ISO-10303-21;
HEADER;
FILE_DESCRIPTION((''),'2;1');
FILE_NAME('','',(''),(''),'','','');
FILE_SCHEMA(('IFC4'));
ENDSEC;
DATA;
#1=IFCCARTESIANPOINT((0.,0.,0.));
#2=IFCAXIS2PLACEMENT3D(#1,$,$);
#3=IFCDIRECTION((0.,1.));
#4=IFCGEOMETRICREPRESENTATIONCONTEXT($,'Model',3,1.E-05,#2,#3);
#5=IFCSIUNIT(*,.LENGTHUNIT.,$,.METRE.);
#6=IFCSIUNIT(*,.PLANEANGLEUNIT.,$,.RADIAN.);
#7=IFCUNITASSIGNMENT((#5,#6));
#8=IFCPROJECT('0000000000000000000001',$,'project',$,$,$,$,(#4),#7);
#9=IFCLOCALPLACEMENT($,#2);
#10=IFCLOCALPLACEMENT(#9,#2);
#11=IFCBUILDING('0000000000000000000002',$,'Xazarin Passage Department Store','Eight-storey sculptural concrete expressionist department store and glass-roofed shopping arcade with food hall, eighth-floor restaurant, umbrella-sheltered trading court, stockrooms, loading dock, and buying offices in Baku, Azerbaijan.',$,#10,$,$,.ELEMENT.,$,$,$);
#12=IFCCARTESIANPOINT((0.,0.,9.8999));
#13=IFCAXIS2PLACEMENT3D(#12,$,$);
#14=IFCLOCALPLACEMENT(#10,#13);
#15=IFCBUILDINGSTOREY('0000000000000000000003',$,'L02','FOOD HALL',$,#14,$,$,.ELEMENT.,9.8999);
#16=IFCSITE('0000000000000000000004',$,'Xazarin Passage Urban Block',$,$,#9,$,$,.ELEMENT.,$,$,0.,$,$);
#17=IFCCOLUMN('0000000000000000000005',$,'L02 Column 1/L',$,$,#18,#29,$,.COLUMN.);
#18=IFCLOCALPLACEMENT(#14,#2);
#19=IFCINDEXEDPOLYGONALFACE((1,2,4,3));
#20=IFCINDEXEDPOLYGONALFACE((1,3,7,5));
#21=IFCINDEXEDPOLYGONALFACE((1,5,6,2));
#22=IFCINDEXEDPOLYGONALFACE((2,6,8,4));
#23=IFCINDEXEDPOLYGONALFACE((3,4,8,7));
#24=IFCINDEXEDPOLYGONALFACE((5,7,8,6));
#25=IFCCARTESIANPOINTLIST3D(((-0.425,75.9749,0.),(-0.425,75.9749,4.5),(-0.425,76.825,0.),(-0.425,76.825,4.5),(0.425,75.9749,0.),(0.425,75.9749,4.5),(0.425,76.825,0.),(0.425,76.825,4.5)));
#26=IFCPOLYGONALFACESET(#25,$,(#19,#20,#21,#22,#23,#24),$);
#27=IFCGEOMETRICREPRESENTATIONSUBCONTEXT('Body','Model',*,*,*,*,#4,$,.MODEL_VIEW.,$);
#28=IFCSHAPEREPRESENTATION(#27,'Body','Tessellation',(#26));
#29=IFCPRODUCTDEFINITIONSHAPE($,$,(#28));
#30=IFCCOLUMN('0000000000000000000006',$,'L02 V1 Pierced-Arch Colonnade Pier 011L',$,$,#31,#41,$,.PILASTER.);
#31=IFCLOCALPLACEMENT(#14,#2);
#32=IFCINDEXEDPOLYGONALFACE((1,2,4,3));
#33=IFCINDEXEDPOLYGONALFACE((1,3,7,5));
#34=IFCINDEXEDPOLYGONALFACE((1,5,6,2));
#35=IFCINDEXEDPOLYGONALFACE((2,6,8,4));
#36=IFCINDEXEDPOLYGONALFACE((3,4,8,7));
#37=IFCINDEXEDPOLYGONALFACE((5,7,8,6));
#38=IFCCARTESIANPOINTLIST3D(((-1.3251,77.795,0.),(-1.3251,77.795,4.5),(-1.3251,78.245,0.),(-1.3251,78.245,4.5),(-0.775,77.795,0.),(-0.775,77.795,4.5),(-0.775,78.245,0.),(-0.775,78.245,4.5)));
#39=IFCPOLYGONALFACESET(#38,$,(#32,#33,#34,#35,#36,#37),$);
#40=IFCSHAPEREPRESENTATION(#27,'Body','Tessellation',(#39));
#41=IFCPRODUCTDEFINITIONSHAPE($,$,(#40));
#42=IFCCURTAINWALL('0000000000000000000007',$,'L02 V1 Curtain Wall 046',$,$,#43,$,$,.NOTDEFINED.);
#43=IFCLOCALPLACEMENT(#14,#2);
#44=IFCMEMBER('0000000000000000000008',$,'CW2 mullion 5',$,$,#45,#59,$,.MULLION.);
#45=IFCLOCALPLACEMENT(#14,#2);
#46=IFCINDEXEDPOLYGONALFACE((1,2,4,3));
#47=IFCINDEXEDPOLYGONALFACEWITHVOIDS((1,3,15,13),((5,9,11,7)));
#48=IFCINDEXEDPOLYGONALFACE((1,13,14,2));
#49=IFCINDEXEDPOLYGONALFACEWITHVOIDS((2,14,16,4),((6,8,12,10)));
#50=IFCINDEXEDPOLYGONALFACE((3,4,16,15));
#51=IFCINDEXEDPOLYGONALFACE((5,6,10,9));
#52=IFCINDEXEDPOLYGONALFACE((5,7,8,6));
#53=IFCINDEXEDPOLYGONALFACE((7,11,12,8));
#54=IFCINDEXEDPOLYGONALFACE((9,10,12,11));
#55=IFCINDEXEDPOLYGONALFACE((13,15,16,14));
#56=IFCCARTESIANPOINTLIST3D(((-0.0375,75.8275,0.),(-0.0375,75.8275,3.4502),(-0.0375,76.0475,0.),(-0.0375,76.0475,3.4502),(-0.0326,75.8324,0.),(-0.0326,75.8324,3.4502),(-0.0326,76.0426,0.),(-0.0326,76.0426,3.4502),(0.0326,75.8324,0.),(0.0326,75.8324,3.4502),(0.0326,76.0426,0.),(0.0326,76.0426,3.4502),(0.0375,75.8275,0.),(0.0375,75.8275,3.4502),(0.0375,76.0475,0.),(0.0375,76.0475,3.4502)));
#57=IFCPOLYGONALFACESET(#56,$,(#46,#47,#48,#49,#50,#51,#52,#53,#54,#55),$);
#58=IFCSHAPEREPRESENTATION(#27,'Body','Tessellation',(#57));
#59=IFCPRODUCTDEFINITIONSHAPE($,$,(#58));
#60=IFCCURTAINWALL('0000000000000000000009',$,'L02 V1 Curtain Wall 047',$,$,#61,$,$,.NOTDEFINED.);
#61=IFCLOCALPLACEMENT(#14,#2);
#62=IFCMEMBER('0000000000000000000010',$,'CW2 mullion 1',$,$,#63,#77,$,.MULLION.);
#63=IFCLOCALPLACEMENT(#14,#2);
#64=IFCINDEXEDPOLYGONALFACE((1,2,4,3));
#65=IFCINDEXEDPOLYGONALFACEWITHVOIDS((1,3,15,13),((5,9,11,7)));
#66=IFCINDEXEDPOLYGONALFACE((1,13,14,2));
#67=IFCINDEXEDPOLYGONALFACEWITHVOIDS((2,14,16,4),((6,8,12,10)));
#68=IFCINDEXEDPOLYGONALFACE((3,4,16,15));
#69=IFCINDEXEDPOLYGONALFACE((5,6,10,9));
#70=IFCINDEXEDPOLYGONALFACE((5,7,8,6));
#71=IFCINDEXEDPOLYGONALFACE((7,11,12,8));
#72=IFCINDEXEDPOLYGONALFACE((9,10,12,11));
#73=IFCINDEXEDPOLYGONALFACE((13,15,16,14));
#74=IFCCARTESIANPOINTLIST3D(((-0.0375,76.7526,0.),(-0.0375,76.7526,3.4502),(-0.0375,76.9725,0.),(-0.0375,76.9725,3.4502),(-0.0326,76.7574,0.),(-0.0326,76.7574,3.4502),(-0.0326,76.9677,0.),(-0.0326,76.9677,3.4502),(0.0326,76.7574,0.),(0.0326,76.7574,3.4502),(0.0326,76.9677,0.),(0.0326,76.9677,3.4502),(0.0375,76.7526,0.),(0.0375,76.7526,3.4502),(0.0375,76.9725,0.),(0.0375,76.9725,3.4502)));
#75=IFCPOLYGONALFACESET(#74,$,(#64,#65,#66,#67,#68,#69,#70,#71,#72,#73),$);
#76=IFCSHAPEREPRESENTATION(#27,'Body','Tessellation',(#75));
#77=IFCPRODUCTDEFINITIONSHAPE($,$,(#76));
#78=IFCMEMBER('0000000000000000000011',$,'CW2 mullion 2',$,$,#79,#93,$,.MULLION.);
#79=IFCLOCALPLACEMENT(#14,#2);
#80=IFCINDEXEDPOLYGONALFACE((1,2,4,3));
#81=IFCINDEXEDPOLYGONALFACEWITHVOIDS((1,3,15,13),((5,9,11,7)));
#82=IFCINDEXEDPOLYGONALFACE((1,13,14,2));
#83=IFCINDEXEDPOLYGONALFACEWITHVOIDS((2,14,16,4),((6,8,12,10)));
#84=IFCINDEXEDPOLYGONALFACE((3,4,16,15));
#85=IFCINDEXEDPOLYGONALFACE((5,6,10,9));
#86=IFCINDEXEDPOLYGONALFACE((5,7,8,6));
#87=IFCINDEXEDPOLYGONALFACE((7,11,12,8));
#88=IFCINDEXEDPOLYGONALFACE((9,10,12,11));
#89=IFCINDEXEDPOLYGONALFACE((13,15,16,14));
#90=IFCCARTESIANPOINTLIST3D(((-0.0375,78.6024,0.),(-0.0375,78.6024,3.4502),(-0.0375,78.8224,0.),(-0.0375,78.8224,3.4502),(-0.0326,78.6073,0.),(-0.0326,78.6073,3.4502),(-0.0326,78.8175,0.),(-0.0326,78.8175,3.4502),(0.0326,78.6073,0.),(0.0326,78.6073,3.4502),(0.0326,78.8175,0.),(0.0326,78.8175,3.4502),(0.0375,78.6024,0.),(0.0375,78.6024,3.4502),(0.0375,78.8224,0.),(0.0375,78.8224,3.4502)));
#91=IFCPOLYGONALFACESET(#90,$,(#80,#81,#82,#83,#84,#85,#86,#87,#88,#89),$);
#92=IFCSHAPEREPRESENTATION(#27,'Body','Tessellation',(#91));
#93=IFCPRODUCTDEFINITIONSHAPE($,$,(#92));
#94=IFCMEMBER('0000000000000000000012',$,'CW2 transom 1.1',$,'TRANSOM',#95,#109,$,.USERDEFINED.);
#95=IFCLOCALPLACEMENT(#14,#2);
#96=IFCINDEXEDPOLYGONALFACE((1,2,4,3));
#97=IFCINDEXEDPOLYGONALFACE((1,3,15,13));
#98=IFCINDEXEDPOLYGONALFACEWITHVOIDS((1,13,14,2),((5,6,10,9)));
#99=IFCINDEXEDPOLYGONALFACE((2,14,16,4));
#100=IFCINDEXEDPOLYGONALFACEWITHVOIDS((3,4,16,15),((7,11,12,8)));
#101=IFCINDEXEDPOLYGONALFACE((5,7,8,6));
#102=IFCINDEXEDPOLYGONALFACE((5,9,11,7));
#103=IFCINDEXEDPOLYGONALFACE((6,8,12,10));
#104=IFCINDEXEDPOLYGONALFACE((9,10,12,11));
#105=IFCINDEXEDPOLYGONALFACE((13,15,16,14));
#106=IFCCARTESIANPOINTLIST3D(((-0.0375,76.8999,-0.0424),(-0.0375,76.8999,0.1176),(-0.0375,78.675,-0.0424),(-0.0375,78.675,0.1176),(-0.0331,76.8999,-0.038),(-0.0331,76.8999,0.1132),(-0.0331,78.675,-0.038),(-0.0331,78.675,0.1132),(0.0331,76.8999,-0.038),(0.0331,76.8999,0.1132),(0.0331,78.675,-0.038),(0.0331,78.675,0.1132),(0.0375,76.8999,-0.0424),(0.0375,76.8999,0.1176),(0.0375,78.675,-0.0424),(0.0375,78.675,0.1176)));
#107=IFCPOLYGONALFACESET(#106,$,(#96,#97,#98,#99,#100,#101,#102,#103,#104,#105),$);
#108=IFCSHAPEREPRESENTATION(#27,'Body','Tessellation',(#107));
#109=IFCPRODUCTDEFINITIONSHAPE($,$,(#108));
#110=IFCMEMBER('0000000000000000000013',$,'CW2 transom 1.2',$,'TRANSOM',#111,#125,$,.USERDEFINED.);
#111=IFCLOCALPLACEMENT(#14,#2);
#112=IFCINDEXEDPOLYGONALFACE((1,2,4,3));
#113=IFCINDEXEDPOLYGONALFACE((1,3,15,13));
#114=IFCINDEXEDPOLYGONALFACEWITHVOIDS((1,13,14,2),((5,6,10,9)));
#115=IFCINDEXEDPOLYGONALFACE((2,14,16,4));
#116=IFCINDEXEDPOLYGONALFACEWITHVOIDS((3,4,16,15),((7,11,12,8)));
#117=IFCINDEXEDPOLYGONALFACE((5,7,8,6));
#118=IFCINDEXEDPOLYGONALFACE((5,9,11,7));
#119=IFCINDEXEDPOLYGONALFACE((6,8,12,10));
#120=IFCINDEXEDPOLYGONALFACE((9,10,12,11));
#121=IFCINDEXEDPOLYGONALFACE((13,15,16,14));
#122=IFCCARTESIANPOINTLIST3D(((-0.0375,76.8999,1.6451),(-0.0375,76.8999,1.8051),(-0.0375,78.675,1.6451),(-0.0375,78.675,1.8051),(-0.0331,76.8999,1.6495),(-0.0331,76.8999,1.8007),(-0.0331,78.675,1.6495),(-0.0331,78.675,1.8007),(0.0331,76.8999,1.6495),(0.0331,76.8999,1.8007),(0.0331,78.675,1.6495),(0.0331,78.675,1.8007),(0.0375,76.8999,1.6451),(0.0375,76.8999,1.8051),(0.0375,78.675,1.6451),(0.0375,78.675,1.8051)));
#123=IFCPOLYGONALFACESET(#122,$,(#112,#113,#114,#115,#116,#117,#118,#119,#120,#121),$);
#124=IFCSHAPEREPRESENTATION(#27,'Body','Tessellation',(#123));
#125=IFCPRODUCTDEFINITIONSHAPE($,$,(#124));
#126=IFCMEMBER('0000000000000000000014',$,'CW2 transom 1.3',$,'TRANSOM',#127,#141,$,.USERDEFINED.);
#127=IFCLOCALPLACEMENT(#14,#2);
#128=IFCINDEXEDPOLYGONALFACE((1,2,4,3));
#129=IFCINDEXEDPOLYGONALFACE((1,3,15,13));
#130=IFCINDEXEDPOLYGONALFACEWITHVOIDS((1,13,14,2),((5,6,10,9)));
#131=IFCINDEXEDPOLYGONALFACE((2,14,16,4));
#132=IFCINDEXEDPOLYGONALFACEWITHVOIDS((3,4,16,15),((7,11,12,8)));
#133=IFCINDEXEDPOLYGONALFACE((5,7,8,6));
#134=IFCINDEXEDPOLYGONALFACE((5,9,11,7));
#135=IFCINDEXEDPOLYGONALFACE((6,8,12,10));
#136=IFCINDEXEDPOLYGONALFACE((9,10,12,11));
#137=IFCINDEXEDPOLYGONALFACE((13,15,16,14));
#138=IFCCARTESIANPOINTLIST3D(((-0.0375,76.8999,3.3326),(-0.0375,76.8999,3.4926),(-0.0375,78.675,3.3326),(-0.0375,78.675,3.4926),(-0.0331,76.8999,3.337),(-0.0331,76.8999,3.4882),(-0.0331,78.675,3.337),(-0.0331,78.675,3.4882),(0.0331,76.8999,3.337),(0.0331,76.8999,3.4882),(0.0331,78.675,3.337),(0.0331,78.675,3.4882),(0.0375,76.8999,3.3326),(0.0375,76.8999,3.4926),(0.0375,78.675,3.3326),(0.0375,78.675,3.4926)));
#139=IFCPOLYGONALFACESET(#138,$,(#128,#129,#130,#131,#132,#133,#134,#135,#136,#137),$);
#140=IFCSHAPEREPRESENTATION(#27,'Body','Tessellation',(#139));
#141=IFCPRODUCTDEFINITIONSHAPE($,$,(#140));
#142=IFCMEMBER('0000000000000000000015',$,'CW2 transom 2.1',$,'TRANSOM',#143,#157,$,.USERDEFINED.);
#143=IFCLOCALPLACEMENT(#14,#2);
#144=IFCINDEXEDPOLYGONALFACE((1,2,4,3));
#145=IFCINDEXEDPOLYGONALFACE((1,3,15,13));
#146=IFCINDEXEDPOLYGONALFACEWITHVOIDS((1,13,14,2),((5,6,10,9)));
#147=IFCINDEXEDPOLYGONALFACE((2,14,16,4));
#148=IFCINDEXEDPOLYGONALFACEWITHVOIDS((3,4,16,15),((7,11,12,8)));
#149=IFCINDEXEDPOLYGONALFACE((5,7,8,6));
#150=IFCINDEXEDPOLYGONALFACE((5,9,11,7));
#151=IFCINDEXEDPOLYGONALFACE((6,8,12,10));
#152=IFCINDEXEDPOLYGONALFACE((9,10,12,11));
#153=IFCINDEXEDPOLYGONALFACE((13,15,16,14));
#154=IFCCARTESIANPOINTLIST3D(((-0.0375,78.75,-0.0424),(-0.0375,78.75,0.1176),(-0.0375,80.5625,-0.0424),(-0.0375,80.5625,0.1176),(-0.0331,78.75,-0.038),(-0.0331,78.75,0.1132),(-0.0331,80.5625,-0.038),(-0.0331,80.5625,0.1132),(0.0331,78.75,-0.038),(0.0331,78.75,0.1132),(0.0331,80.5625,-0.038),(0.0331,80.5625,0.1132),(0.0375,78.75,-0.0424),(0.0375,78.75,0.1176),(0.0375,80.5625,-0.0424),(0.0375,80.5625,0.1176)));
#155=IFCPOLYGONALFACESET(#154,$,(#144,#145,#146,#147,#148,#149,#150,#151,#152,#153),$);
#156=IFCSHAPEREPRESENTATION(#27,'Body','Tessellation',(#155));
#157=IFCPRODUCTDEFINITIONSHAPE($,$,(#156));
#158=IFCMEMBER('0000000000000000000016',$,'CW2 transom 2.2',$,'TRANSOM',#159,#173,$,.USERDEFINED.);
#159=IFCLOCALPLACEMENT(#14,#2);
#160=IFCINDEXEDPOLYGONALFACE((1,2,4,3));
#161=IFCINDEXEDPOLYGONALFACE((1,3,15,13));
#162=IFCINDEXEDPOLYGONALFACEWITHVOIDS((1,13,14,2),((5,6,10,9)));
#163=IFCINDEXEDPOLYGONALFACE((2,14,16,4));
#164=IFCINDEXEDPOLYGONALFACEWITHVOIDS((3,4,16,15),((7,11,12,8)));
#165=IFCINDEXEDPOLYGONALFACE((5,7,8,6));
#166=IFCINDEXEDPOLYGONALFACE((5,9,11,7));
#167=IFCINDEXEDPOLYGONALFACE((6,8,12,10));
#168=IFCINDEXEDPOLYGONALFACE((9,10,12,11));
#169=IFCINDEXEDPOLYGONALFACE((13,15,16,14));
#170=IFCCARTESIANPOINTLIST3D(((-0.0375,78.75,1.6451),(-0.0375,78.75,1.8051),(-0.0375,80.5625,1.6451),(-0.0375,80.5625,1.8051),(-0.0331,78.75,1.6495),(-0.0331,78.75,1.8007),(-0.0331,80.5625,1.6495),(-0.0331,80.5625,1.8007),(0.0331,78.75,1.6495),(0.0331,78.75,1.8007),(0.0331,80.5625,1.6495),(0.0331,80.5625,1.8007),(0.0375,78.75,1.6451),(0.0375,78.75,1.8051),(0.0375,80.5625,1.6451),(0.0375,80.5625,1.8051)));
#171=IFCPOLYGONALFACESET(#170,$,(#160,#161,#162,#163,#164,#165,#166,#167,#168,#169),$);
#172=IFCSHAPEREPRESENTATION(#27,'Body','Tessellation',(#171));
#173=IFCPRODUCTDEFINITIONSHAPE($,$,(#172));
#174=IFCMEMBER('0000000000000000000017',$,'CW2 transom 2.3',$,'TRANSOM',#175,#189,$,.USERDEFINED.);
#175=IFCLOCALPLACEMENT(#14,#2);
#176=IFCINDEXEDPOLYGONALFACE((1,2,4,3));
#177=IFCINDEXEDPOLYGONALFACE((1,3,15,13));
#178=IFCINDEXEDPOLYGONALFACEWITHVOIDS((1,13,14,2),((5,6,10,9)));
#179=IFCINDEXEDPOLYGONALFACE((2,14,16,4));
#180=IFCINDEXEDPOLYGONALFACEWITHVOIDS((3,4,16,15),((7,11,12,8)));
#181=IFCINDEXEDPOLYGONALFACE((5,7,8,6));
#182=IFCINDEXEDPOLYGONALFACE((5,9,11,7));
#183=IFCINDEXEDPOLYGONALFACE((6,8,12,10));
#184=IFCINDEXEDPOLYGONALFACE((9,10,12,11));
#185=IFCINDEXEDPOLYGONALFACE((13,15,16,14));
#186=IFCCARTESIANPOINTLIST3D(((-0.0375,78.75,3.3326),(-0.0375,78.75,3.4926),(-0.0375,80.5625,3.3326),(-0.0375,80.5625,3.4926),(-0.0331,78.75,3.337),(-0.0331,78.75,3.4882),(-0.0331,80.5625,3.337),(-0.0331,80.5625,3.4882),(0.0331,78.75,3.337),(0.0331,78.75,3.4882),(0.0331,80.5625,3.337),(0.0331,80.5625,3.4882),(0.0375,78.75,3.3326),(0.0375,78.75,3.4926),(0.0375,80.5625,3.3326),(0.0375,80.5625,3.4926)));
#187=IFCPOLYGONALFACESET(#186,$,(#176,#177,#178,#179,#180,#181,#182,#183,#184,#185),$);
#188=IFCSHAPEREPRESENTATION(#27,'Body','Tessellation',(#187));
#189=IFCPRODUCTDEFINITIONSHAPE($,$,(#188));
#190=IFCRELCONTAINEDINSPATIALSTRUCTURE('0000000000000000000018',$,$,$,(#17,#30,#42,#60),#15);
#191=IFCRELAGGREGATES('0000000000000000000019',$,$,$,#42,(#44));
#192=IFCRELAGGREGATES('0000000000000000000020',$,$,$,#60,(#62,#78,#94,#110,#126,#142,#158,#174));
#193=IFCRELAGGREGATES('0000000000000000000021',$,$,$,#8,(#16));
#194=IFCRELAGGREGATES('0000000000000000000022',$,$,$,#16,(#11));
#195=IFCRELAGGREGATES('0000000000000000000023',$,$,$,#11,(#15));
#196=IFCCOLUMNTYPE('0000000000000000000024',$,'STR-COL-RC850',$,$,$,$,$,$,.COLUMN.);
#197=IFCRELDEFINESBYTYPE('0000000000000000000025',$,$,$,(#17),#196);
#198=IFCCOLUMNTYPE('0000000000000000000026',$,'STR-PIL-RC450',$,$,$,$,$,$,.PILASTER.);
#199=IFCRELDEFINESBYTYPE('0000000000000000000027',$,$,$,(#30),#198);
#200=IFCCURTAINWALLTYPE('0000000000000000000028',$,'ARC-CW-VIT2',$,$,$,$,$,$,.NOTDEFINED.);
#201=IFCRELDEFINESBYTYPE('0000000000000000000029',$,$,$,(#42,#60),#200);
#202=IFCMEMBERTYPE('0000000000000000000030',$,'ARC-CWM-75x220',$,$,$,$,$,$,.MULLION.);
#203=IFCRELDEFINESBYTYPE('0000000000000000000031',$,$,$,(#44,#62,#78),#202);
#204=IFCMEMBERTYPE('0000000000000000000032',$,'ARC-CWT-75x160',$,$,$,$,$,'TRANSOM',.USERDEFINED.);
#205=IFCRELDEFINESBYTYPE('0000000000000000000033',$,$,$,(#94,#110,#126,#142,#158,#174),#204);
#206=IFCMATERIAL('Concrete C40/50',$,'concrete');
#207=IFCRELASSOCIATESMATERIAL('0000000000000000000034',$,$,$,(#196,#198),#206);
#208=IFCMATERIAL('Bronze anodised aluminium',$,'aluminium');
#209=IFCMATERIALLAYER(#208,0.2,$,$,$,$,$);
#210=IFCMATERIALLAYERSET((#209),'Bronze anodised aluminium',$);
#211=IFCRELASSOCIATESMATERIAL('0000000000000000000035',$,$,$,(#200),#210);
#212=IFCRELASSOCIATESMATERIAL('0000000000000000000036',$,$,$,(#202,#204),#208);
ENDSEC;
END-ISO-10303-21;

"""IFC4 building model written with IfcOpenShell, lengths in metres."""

from ifc_helpers import new_model, si_unit, direction, frame, origin, origin_2d, place, context, subcontext, project, spatial, rectangle, hollow_rectangle, extrude, material, layer, layer_set, material_profile, profile_set, type_object, element, aggregate, save


model = new_model("IFC4")

# Units and contexts
model_context = context("Model", 3, precision=1e-05, world=origin(), true_north=direction((0.0, 1.0)))
body_context = subcontext(model_context, "Body", "Model", "MODEL_VIEW")
ifc_project = project(units=[si_unit("LENGTHUNIT", "METRE"), si_unit("PLANEANGLEUNIT", "RADIAN")], contexts=[model_context])

# Site, building, storey
site_placement = place(None, origin())
site = spatial("IfcSite", under=ifc_project, at=site_placement, Name="Xazarin Passage Urban Block", CompositionType="ELEMENT", RefElevation=0.0)
building_placement = place(site_placement, origin())
building = spatial("IfcBuilding", under=site, at=building_placement, Name="Xazarin Passage Department Store", Description="Eight-storey sculptural concrete expressionist department store and glass-roofed shopping arcade with food hall, eighth-floor restaurant, umbrella-sheltered trading court, stockrooms, loading dock, and buying offices in Baku, Azerbaijan.", CompositionType="ELEMENT")
storey_placement = place(building_placement, frame((0.0, 0.0, 9.8999)))
storey = spatial("IfcBuildingStorey", under=building, at=storey_placement, Name="L02", Description="FOOD HALL", CompositionType="ELEMENT", Elevation=9.8999)

# Columns
ifc_material_1 = material(Name="Concrete C40/50", Category="concrete")
ifc_material_profile_1 = material_profile(ifc_material_1, rectangle(XDim=0.8501, YDim=0.8501, at=origin_2d()), Name="RC 850x850")
ifc_profile_set_1 = profile_set([ifc_material_profile_1], Name="Concrete C40/50")
column_type_1 = type_object("IfcColumnType", Name="STR-COL-RC850", PredefinedType="COLUMN", material=ifc_profile_set_1)
column_1_placement = place(storey_placement, frame((0.0, 76.3999, 0.0), z_axis=(0.0, 0.0, 1.0), x_axis=(1.0, 0.0, 0.0)))
element("IfcColumn", 1, at=column_1_placement, inside=storey, type_object=column_type_1, Name="L02 Column 1/L", PredefinedType="COLUMN", context=body_context, shape_type="SweptSolid", body=[
    extrude(rectangle(XDim=0.8501, YDim=0.8501, at=origin_2d()), origin(), (0.0, 0.0, 1.0), 4.5),
])
ifc_material_profile_2 = material_profile(ifc_material_1, rectangle(XDim=0.45, YDim=0.55, at=origin_2d()), Name="RC 450x550")
ifc_profile_set_2 = profile_set([ifc_material_profile_2], Name="Concrete C40/50")
column_type_2 = type_object("IfcColumnType", Name="STR-PIL-RC450", PredefinedType="PILASTER", material=ifc_profile_set_2)
column_2_placement = place(storey_placement, frame((-1.05, 78.02, 0.0), z_axis=(0.0, 0.0, 1.0), x_axis=(0.0, 1.0, 0.0)))
element("IfcColumn", 2, at=column_2_placement, inside=storey, type_object=column_type_2, Name="L02 V1 Pierced-Arch Colonnade Pier 011L", PredefinedType="PILASTER", context=body_context, shape_type="SweptSolid", body=[
    extrude(rectangle(XDim=0.45, YDim=0.55, at=origin_2d()), origin(), (0.0, 0.0, 1.0), 4.5),
])

# Curtain wall, member
ifc_material_2 = material(Name="Bronze anodised aluminium", Category="aluminium")
ifc_layer_1 = layer(ifc_material_2, 0.2)
ifc_layer_set_1 = layer_set([ifc_layer_1], Name="Bronze anodised aluminium")
curtain_wall_type = type_object("IfcCurtainWallType", Name="ARC-CW-VIT2", PredefinedType="NOTDEFINED", material=ifc_layer_set_1)
curtain_wall_1_placement = place(storey_placement, origin())
curtain_wall_1 = element("IfcCurtainWall", 3, at=curtain_wall_1_placement, inside=storey, type_object=curtain_wall_type, Name="L02 V1 Curtain Wall 046", PredefinedType="NOTDEFINED")
ifc_material_profile_3 = material_profile(ifc_material_2, hollow_rectangle(XDim=0.075, YDim=0.22, WallThickness=0.0049, at=origin_2d()), Name="ALU 75x220")
ifc_profile_set_3 = profile_set([ifc_material_profile_3], Name="Bronze anodised aluminium")
member_type_1 = type_object("IfcMemberType", Name="ARC-CWM-75x220", PredefinedType="MULLION", material=ifc_profile_set_3)
member_1_placement = place(storey_placement, frame((0.0, 75.9375, 0.0), z_axis=(0.0, 0.0, 1.0), x_axis=(-1.0, 0.0, 0.0)))
member_1 = element("IfcMember", 4, at=member_1_placement, type_object=member_type_1, Name="CW2 mullion 5", PredefinedType="MULLION", context=body_context, shape_type="SweptSolid", body=[
    extrude(hollow_rectangle(XDim=0.075, YDim=0.22, WallThickness=0.0049, at=origin_2d()), origin(), (0.0, 0.0, 1.0), 3.4502),
])
aggregate(curtain_wall_1, [member_1])

# Curtain wall, members
curtain_wall_2_placement = place(storey_placement, origin())
curtain_wall_2 = element("IfcCurtainWall", 5, at=curtain_wall_2_placement, inside=storey, type_object=curtain_wall_type, Name="L02 V1 Curtain Wall 047", PredefinedType="NOTDEFINED")
member_2_placement = place(storey_placement, frame((0.0, 76.8625, 0.0), z_axis=(0.0, 0.0, 1.0), x_axis=(-1.0, 0.0, 0.0)))
member_2 = element("IfcMember", 6, at=member_2_placement, type_object=member_type_1, Name="CW2 mullion 1", PredefinedType="MULLION", context=body_context, shape_type="SweptSolid", body=[
    extrude(hollow_rectangle(XDim=0.075, YDim=0.22, WallThickness=0.0049, at=origin_2d()), origin(), (0.0, 0.0, 1.0), 3.4502),
])
member_3_placement = place(storey_placement, frame((0.0, 78.7124, 0.0), z_axis=(0.0, 0.0, 1.0), x_axis=(-1.0, 0.0, 0.0)))
member_3 = element("IfcMember", 7, at=member_3_placement, type_object=member_type_1, Name="CW2 mullion 2", PredefinedType="MULLION", context=body_context, shape_type="SweptSolid", body=[
    extrude(hollow_rectangle(XDim=0.075, YDim=0.22, WallThickness=0.0049, at=origin_2d()), origin(), (0.0, 0.0, 1.0), 3.4502),
])
ifc_material_profile_4 = material_profile(ifc_material_2, hollow_rectangle(XDim=0.075, YDim=0.1599, WallThickness=0.0044, at=origin_2d()), Name="ALU 75x160")
ifc_profile_set_4 = profile_set([ifc_material_profile_4], Name="Bronze anodised aluminium")
member_type_2 = type_object("IfcMemberType", Name="ARC-CWT-75x160", ElementType="TRANSOM", PredefinedType="USERDEFINED", material=ifc_profile_set_4)
member_4_placement = place(storey_placement, frame((0.0, 76.8999, 0.0376), z_axis=(0.0, 1.0, 0.0), x_axis=(-1.0, 0.0, 0.0)))
member_4 = element("IfcMember", 8, at=member_4_placement, type_object=member_type_2, Name="CW2 transom 1.1", ObjectType="TRANSOM", PredefinedType="USERDEFINED", context=body_context, shape_type="SweptSolid", body=[
    extrude(hollow_rectangle(XDim=0.075, YDim=0.1599, WallThickness=0.0044, at=origin_2d()), origin(), (0.0, 0.0, 1.0), 1.7751),
])
member_5_placement = place(storey_placement, frame((0.0, 76.8999, 1.7251), z_axis=(0.0, 1.0, 0.0), x_axis=(-1.0, 0.0, 0.0)))
member_5 = element("IfcMember", 9, at=member_5_placement, type_object=member_type_2, Name="CW2 transom 1.2", ObjectType="TRANSOM", PredefinedType="USERDEFINED", context=body_context, shape_type="SweptSolid", body=[
    extrude(hollow_rectangle(XDim=0.075, YDim=0.1599, WallThickness=0.0044, at=origin_2d()), origin(), (0.0, 0.0, 1.0), 1.7751),
])
member_6_placement = place(storey_placement, frame((0.0, 76.8999, 3.4126), z_axis=(0.0, 1.0, 0.0), x_axis=(-1.0, 0.0, 0.0)))
member_6 = element("IfcMember", 10, at=member_6_placement, type_object=member_type_2, Name="CW2 transom 1.3", ObjectType="TRANSOM", PredefinedType="USERDEFINED", context=body_context, shape_type="SweptSolid", body=[
    extrude(hollow_rectangle(XDim=0.075, YDim=0.1599, WallThickness=0.0044, at=origin_2d()), origin(), (0.0, 0.0, 1.0), 1.7751),
])
member_7_placement = place(storey_placement, frame((0.0, 78.75, 0.0376), z_axis=(0.0, 1.0, 0.0), x_axis=(-1.0, 0.0, 0.0)))
member_7 = element("IfcMember", 11, at=member_7_placement, type_object=member_type_2, Name="CW2 transom 2.1", ObjectType="TRANSOM", PredefinedType="USERDEFINED", context=body_context, shape_type="SweptSolid", body=[
    extrude(hollow_rectangle(XDim=0.075, YDim=0.1599, WallThickness=0.0044, at=origin_2d()), origin(), (0.0, 0.0, 1.0), 1.8125),
])
member_8_placement = place(storey_placement, frame((0.0, 78.75, 1.7251), z_axis=(0.0, 1.0, 0.0), x_axis=(-1.0, 0.0, 0.0)))
member_8 = element("IfcMember", 12, at=member_8_placement, type_object=member_type_2, Name="CW2 transom 2.2", ObjectType="TRANSOM", PredefinedType="USERDEFINED", context=body_context, shape_type="SweptSolid", body=[
    extrude(hollow_rectangle(XDim=0.075, YDim=0.1599, WallThickness=0.0044, at=origin_2d()), origin(), (0.0, 0.0, 1.0), 1.8125),
])
member_9_placement = place(storey_placement, frame((0.0, 78.75, 3.4126), z_axis=(0.0, 1.0, 0.0), x_axis=(-1.0, 0.0, 0.0)))
member_9 = element("IfcMember", 13, at=member_9_placement, type_object=member_type_2, Name="CW2 transom 2.3", ObjectType="TRANSOM", PredefinedType="USERDEFINED", context=body_context, shape_type="SweptSolid", body=[
    extrude(hollow_rectangle(XDim=0.075, YDim=0.1599, WallThickness=0.0044, at=origin_2d()), origin(), (0.0, 0.0, 1.0), 1.8125),
])

aggregate(curtain_wall_2, [member_2, member_3, member_4, member_5, member_6, member_7, member_8, member_9])

save(model, "model.ifc")
